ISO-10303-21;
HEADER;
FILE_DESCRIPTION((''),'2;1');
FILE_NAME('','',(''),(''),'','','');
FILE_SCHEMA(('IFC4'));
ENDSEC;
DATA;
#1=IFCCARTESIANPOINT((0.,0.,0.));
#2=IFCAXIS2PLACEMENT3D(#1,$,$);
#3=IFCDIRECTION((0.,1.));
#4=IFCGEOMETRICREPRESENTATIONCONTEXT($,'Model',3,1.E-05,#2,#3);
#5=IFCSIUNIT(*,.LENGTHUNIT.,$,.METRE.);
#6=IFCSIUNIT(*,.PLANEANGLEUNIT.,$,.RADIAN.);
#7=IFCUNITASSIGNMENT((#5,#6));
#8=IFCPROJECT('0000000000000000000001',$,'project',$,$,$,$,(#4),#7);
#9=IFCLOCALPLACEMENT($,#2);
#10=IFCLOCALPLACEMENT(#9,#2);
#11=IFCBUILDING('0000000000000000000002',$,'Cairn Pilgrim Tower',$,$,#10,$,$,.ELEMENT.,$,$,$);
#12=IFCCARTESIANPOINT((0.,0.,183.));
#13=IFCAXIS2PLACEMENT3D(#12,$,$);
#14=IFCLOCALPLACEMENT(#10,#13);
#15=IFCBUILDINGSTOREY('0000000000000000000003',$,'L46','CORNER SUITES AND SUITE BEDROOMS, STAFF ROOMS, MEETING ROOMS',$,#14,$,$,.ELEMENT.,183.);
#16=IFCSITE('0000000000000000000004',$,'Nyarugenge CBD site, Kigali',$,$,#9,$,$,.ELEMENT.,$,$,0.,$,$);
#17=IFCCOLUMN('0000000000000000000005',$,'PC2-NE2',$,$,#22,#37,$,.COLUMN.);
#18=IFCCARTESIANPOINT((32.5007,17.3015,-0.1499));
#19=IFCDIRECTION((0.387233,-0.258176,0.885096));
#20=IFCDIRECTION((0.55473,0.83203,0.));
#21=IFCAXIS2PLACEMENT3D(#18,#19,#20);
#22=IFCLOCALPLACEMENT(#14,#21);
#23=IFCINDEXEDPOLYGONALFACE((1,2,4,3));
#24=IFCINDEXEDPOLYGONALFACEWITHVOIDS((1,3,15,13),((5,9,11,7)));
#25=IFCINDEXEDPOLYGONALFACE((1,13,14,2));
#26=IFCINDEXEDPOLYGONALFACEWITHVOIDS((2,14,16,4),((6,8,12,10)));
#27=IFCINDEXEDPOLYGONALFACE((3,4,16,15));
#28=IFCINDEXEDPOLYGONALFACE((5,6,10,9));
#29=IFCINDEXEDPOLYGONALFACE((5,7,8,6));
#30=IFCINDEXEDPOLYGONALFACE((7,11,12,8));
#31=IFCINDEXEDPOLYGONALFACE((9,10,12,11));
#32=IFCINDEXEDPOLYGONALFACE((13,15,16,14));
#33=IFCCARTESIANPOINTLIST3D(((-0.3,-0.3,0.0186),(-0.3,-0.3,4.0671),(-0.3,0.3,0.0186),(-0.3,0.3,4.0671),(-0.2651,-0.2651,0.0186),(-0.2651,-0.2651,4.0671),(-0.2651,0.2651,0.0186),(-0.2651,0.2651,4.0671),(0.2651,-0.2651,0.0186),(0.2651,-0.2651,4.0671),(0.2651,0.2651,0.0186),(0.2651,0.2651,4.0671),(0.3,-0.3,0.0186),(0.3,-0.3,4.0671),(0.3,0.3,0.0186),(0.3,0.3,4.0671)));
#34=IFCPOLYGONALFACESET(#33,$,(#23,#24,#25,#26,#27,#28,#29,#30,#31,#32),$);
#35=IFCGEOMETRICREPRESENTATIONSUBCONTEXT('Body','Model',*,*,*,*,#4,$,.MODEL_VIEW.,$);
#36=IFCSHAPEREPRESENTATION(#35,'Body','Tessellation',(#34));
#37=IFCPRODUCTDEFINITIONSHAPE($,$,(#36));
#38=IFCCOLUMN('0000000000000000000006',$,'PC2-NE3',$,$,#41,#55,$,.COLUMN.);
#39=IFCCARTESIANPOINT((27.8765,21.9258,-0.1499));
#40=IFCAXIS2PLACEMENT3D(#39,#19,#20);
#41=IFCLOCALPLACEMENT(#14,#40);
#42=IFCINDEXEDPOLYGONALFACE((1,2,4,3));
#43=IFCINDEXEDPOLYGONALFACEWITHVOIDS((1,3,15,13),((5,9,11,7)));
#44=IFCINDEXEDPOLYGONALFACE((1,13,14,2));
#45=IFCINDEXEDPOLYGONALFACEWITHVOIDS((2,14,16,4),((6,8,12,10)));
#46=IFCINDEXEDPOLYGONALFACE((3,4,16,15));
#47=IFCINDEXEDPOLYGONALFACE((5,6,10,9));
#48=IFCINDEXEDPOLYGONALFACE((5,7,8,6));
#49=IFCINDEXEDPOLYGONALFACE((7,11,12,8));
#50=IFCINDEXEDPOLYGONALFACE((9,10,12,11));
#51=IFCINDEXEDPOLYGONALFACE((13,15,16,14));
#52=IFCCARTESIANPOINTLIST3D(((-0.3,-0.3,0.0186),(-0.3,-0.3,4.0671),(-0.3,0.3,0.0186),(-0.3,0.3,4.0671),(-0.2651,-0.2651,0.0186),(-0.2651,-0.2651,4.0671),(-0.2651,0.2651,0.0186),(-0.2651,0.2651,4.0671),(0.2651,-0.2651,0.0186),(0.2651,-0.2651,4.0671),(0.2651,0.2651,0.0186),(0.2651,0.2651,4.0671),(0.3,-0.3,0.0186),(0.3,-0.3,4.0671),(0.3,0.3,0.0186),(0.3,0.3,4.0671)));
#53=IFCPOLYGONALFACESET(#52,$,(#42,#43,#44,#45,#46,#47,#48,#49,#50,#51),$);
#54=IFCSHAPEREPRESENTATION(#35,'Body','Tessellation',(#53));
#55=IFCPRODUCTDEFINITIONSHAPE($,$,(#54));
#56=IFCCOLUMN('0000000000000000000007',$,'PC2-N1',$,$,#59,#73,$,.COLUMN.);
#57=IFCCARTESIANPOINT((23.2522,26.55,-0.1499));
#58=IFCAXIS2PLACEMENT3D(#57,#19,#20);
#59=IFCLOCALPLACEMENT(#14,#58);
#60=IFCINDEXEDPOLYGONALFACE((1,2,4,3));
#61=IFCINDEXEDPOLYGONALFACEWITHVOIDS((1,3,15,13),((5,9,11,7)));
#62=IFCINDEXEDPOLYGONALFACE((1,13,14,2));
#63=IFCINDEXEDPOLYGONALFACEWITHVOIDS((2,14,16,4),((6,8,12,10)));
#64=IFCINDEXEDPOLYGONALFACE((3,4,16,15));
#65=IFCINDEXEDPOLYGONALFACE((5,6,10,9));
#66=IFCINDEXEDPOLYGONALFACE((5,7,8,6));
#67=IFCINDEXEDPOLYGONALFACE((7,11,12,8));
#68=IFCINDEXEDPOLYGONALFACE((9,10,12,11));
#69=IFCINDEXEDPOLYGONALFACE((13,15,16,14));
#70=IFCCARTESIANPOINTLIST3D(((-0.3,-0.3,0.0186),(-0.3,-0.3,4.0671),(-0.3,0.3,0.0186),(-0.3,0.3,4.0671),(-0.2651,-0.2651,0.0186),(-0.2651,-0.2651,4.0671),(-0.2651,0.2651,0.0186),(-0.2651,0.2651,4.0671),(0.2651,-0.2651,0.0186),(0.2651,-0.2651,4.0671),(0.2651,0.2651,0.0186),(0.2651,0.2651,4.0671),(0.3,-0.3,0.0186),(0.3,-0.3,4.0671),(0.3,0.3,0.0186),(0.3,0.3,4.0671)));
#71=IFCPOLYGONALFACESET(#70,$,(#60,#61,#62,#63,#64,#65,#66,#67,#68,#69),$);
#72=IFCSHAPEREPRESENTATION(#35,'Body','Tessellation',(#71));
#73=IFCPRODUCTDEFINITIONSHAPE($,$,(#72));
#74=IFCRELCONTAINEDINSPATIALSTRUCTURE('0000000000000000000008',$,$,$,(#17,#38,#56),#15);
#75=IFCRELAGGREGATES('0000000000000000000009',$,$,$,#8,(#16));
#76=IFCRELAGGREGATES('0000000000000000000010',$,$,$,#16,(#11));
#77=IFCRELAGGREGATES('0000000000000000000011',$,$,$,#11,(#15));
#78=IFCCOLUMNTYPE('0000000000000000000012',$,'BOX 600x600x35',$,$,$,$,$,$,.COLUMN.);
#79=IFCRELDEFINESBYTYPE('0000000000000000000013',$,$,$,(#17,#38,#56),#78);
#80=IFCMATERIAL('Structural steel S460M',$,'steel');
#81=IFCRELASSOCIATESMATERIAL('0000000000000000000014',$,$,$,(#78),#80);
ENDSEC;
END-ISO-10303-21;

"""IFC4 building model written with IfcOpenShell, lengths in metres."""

from ifc_helpers import new_model, si_unit, direction, frame, origin, origin_2d, place, context, subcontext, project, spatial, hollow_rectangle, extrude, clip, halfspace, material, material_profile, profile_set, type_object, element, save


model = new_model("IFC4")

# Units and contexts
model_context = context("Model", 3, precision=1e-05, world=origin(), true_north=direction((0.0, 1.0)))
body_context = subcontext(model_context, "Body", "Model", "MODEL_VIEW")
ifc_project = project(units=[si_unit("LENGTHUNIT", "METRE"), si_unit("PLANEANGLEUNIT", "RADIAN")], contexts=[model_context])

# Site, building, storey
site_placement = place(None, origin())
site = spatial("IfcSite", under=ifc_project, at=site_placement, Name="Nyarugenge CBD site, Kigali", CompositionType="ELEMENT", RefElevation=0.0)
building_placement = place(site_placement, origin())
building = spatial("IfcBuilding", under=site, at=building_placement, Name="Cairn Pilgrim Tower", CompositionType="ELEMENT")
storey_placement = place(building_placement, frame((0.0, 0.0, 183.0)))
storey = spatial("IfcBuildingStorey", under=building, at=storey_placement, Name="L46", Description="CORNER SUITES AND SUITE BEDROOMS, STAFF ROOMS, MEETING ROOMS", CompositionType="ELEMENT", Elevation=183.0)

# Columns
ifc_material_1 = material(Name="Structural steel S460M", Category="steel")
ifc_material_profile_1 = material_profile(ifc_material_1, hollow_rectangle(XDim=0.6001, YDim=0.6001, WallThickness=0.0349, at=origin_2d()), Name="BOX 600x600x35")
ifc_profile_set_1 = profile_set([ifc_material_profile_1], Name="Structural steel S460M")
column_type = type_object("IfcColumnType", Name="BOX 600x600x35", PredefinedType="COLUMN", material=ifc_profile_set_1)
for number, where, z_axis, x_axis, name in (
    (1, (32.5007, 17.3015, -0.1499), (0.387233, -0.258176, 0.885096), (0.55473, 0.83203, 0.0), "PC2-NE2"),
    (2, (27.8765, 21.9258, -0.1499), (0.387233, -0.258176, 0.885096), (0.55473, 0.83203, 0.0), "PC2-NE3"),
    (3, (23.2522, 26.55, -0.1499), (0.387233, -0.258176, 0.885096), (0.55473, 0.83203, 0.0), "PC2-N1"),
):
    element("IfcColumn", number, at=place(storey_placement, frame(where, z_axis=z_axis, x_axis=x_axis)), inside=storey, type_object=column_type, Name=name, PredefinedType="COLUMN", context=body_context, shape_type="Clipping", body=[
        clip(extrude(hollow_rectangle(XDim=0.6001, YDim=0.6001, WallThickness=0.0349, at=origin_2d()), origin(), (0.0, 0.0, 1.0), 4.0671), halfspace(frame((0.0, 0.0, 0.0186), z_axis=(0.0, 0.0, 1.0), x_axis=(1.0, 0.0, 0.0)), True)),
    ])

save(model, "model.ifc")
